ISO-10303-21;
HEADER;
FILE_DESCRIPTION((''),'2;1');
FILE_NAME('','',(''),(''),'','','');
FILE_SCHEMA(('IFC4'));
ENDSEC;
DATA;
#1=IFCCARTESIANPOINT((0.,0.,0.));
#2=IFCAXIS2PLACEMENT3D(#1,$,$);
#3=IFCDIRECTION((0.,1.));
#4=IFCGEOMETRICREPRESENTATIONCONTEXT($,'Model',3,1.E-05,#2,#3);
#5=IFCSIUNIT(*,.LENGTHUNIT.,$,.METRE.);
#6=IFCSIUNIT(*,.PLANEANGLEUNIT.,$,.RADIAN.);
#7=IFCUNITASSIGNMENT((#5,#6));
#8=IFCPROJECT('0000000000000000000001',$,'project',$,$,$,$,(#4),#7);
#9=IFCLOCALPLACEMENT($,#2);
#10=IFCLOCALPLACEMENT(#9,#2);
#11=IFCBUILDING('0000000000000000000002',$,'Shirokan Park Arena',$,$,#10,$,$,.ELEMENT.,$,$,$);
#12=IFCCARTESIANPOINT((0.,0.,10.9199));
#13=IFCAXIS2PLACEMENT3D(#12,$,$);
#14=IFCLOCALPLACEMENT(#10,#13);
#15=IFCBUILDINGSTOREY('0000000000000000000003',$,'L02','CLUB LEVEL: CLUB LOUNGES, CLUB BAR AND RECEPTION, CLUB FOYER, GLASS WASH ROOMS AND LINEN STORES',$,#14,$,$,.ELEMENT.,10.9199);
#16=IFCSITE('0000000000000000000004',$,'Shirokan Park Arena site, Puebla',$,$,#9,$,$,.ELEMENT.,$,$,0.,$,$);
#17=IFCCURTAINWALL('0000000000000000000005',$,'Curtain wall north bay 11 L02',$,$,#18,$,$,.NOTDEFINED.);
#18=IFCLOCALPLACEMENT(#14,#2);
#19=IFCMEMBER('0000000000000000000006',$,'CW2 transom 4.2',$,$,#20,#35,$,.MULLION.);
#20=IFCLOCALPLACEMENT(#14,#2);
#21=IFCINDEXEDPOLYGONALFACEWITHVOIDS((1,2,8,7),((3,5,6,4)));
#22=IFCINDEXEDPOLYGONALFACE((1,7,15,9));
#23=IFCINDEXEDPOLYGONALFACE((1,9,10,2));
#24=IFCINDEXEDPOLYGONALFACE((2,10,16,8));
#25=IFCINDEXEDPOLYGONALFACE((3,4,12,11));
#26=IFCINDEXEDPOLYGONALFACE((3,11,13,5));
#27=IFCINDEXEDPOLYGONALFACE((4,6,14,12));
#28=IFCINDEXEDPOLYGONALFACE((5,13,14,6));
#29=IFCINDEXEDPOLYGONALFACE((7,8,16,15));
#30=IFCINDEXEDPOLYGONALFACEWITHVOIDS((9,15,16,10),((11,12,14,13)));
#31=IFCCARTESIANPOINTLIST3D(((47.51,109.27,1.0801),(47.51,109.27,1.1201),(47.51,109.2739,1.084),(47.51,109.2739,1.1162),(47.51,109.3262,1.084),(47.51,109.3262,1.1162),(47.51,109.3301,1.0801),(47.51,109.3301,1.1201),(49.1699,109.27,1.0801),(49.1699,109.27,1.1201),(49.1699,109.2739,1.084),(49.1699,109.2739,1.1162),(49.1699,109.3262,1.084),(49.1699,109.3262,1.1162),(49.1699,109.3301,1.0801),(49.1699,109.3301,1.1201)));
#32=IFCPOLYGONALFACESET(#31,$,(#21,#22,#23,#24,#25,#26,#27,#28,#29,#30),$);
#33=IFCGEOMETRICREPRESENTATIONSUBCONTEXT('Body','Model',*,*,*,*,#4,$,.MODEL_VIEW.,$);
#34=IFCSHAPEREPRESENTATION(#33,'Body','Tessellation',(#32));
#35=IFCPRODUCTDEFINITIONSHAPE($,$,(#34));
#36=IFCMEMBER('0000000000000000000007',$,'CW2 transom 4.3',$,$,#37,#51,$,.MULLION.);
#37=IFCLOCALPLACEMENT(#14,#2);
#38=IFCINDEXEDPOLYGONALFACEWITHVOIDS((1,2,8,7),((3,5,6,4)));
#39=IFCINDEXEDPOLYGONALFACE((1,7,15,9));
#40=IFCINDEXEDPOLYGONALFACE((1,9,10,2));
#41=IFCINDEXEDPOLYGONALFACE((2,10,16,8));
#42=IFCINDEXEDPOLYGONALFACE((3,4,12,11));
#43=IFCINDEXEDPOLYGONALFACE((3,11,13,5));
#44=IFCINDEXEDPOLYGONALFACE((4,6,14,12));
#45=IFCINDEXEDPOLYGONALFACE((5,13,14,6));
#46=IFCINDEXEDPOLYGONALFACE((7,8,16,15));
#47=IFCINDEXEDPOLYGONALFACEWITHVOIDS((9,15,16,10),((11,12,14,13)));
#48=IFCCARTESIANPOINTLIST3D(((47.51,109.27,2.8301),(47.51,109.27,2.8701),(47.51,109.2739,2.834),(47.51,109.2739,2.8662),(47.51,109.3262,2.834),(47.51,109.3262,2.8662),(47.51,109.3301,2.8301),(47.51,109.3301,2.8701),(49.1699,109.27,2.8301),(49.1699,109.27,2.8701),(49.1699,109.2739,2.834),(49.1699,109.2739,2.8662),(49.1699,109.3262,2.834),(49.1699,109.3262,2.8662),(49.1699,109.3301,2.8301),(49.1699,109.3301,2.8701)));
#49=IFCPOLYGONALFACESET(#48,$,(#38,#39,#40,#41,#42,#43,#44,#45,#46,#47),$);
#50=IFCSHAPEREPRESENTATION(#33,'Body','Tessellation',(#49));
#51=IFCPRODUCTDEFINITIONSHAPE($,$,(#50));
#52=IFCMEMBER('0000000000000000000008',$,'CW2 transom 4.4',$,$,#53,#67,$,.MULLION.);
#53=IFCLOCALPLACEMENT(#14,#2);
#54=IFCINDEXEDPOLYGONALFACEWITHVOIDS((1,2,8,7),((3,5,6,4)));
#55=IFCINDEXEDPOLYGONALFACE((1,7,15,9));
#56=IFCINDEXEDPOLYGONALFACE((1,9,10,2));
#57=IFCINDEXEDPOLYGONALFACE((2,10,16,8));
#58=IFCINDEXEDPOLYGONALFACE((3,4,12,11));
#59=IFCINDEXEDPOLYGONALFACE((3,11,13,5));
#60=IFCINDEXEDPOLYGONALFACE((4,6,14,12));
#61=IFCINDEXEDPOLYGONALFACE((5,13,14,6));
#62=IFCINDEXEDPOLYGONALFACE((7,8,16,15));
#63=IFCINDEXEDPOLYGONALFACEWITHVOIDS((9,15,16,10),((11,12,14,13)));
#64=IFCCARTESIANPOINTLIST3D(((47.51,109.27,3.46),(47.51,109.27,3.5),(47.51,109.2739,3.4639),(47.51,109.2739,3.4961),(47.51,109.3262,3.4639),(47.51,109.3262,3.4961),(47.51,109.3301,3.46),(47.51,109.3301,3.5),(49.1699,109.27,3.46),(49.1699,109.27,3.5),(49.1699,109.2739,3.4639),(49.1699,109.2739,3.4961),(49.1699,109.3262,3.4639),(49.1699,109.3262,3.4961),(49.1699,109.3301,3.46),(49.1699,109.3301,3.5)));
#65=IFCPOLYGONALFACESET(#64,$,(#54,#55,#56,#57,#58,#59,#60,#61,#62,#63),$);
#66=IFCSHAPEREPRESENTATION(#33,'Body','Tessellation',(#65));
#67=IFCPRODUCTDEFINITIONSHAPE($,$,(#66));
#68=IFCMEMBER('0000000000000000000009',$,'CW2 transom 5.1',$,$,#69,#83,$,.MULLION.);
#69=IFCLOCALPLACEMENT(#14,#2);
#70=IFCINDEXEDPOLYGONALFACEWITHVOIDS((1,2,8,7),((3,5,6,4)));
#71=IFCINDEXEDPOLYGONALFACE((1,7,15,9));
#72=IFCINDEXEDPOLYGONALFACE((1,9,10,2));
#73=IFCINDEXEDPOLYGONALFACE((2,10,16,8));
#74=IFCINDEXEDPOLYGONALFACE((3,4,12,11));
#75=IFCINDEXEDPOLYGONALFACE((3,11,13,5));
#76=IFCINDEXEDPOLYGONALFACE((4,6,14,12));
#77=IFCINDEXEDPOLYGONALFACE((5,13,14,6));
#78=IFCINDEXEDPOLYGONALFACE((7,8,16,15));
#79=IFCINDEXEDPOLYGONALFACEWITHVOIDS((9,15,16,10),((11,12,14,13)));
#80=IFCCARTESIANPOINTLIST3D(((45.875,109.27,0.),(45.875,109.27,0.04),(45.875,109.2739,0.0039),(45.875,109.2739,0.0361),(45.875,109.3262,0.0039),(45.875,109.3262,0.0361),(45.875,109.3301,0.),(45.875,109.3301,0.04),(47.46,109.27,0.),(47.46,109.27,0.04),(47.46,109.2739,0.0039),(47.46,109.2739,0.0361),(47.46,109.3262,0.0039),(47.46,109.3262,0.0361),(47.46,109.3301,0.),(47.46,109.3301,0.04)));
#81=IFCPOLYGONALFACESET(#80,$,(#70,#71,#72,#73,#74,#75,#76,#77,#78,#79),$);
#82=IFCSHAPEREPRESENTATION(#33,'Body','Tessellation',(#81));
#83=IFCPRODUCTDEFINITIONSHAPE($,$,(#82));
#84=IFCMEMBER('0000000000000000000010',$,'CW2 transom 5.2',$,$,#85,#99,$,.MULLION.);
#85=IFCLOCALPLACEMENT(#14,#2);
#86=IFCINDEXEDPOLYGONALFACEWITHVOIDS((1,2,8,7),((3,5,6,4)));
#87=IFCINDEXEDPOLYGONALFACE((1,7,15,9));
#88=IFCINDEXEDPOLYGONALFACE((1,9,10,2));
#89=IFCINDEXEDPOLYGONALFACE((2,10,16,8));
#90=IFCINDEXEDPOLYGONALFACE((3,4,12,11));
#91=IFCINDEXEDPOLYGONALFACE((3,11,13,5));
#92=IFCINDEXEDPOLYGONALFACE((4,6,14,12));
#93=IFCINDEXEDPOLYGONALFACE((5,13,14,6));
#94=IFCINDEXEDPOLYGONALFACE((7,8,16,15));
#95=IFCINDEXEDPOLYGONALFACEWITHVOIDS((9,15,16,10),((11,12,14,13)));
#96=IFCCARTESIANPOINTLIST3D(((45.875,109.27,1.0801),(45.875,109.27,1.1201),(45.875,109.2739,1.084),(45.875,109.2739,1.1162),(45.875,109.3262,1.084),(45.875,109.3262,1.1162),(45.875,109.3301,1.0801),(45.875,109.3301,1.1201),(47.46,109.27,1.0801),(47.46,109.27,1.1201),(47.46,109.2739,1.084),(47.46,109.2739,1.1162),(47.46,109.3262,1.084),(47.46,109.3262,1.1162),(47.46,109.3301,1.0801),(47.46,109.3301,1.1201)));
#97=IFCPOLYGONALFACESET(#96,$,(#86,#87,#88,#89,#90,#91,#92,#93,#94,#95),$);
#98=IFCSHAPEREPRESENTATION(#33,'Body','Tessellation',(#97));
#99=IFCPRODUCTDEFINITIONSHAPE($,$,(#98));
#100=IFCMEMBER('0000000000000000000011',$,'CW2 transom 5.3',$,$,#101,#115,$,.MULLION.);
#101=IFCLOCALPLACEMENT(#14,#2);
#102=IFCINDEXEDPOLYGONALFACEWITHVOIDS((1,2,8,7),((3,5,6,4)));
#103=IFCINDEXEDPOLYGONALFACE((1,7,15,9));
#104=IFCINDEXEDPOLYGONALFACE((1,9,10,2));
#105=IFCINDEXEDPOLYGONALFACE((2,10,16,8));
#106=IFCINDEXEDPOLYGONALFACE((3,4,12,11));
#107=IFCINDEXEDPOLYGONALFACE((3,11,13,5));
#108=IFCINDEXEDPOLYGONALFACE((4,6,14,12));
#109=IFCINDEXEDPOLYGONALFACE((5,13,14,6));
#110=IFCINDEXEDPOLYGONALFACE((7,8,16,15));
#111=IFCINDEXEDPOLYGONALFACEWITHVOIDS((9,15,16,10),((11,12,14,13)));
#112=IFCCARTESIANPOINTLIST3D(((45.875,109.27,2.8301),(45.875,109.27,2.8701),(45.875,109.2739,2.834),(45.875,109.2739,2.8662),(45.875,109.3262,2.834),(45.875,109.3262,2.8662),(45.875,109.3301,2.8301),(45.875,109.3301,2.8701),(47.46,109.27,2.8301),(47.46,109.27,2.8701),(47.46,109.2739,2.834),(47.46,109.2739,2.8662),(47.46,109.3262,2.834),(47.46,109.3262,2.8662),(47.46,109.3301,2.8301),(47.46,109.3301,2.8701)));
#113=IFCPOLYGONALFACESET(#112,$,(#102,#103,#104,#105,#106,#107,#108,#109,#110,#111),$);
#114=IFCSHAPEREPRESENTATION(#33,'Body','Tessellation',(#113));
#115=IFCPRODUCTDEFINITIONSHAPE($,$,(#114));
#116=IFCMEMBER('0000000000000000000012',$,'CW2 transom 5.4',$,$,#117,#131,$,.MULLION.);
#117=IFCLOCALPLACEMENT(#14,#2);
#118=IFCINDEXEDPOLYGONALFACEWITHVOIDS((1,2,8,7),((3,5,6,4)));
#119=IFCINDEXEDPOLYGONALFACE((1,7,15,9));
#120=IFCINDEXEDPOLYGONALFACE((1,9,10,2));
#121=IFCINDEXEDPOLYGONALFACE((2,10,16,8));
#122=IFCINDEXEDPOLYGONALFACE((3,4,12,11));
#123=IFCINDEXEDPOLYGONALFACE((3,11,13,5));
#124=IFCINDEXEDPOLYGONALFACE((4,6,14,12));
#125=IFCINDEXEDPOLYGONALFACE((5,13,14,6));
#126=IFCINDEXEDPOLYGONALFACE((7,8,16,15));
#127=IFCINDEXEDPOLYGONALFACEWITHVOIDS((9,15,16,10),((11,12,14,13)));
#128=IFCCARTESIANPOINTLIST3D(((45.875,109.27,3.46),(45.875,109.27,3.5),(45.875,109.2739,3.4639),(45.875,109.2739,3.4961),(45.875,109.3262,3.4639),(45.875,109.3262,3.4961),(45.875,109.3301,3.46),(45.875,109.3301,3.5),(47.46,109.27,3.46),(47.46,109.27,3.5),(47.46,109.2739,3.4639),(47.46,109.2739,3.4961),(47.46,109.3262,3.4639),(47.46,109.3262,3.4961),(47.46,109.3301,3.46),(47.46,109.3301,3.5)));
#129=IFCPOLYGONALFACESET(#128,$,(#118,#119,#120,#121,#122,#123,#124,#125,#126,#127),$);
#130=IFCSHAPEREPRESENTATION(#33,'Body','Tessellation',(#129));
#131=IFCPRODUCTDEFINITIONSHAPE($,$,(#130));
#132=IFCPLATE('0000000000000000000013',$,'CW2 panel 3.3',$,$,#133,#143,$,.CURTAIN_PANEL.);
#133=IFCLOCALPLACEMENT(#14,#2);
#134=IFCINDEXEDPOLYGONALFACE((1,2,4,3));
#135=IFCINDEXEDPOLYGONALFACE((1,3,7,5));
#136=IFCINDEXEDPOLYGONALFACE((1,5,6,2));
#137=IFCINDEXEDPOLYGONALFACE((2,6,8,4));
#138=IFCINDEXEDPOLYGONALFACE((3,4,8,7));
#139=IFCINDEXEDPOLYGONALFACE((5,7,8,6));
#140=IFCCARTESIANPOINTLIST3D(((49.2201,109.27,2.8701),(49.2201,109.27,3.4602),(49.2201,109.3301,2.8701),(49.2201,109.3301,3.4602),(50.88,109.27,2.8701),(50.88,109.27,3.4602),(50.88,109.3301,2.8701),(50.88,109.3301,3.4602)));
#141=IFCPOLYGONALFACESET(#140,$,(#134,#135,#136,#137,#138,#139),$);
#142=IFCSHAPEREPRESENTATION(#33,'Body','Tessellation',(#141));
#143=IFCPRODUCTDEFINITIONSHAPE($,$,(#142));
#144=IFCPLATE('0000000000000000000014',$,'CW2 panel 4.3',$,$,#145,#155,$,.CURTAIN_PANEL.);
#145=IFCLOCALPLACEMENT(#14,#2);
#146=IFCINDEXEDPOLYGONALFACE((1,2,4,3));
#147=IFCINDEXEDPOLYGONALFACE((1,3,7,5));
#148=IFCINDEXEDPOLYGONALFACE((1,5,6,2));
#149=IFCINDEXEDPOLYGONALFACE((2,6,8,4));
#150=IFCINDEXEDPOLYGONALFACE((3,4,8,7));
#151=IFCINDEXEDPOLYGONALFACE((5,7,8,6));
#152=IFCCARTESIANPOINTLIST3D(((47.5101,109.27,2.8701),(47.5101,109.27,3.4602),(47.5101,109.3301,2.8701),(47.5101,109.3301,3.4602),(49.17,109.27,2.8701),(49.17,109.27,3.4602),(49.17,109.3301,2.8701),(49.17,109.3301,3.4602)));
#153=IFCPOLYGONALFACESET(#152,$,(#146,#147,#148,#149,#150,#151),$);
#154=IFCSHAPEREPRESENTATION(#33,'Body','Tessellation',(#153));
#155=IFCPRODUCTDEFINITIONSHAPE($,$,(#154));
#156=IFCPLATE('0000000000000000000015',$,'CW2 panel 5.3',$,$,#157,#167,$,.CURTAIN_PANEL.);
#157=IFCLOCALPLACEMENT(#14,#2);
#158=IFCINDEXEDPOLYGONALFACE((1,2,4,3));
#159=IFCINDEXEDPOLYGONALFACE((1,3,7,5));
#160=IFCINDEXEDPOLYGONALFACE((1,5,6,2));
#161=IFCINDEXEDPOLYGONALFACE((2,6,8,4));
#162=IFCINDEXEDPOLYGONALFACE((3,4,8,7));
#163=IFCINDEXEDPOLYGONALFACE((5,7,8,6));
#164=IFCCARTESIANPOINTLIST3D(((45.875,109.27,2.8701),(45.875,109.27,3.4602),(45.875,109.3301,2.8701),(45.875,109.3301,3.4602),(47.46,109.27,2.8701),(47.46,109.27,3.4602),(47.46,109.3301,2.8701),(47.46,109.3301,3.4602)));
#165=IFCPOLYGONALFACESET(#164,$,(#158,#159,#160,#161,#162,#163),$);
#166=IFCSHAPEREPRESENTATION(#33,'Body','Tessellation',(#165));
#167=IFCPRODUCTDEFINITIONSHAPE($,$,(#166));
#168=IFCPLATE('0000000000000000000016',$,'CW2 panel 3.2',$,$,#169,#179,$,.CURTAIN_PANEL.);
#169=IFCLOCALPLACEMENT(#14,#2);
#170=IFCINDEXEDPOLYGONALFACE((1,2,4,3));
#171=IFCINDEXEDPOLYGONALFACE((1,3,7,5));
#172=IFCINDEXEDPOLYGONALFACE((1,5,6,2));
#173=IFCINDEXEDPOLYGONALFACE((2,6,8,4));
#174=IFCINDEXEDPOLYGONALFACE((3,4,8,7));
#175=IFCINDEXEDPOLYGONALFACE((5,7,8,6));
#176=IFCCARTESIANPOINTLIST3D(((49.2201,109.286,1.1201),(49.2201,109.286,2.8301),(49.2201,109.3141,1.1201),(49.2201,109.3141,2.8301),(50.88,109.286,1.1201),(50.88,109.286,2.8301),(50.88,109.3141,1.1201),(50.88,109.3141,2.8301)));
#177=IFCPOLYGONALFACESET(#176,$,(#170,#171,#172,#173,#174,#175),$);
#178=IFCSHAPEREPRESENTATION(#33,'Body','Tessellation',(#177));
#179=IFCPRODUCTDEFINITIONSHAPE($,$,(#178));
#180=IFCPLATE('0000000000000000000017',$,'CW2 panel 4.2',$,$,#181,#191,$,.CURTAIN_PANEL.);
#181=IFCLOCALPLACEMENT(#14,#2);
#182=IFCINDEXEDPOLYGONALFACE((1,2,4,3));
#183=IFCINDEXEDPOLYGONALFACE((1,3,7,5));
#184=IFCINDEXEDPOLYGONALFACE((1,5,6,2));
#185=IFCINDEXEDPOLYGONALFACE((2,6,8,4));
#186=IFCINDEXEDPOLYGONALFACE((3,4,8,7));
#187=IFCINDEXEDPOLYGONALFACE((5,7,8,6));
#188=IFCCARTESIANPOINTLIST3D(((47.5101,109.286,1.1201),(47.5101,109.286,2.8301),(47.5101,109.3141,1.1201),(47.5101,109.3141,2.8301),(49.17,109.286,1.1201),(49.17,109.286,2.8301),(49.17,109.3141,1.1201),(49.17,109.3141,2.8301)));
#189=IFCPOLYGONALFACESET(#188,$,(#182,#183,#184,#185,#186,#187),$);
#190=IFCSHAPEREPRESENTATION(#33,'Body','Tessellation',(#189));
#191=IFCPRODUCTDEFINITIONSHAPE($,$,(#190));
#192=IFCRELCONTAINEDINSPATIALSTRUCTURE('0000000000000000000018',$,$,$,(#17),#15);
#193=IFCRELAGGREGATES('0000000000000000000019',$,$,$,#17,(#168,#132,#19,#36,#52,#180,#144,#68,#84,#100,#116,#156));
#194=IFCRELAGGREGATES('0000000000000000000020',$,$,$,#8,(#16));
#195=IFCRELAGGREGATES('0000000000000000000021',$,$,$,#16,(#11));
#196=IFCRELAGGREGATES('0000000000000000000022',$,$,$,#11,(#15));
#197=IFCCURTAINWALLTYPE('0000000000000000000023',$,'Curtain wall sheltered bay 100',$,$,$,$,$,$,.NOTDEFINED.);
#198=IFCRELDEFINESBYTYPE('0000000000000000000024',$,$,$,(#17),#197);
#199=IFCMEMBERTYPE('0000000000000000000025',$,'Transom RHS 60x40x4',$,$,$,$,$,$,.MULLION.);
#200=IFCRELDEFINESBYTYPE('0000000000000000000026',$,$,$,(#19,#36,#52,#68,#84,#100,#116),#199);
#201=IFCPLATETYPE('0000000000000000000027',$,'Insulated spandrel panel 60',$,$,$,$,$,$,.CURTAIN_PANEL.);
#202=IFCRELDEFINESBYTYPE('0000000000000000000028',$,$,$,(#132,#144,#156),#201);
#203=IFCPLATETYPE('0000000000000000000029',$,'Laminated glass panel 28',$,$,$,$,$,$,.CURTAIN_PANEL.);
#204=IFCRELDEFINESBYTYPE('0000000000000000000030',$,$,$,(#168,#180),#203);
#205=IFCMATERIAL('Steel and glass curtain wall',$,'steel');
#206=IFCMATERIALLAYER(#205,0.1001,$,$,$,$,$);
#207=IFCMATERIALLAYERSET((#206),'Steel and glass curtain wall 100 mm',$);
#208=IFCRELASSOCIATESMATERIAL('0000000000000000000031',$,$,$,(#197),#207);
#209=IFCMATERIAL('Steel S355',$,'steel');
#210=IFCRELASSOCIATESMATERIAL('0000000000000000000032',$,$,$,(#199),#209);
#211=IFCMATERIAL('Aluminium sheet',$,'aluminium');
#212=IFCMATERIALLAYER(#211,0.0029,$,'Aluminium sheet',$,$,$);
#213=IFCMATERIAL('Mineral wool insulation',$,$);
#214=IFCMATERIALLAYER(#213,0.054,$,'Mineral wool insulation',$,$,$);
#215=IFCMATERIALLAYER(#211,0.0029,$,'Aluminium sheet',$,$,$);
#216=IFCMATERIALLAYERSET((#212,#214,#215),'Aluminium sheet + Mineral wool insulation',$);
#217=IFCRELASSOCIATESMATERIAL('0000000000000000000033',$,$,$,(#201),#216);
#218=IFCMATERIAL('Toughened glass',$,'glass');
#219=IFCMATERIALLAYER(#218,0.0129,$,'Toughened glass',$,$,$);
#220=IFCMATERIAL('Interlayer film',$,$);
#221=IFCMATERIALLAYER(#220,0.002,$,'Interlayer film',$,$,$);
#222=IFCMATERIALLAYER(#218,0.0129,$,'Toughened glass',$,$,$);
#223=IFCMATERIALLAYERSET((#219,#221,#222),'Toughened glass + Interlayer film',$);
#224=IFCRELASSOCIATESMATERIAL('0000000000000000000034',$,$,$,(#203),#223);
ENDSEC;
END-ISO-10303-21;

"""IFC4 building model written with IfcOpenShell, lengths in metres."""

from ifc_helpers import new_model, si_unit, direction, frame, origin, origin_2d, place, context, subcontext, project, spatial, rectangle, hollow_rectangle, extrude, material, layer, layer_set, material_profile, profile_set, type_object, element, aggregate, save


model = new_model("IFC4")

# Units and contexts
model_context = context("Model", 3, precision=1e-05, world=origin(), true_north=direction((0.0, 1.0)))
body_context = subcontext(model_context, "Body", "Model", "MODEL_VIEW")
ifc_project = project(units=[si_unit("LENGTHUNIT", "METRE"), si_unit("PLANEANGLEUNIT", "RADIAN")], contexts=[model_context])

# Site, building, storey
site_placement = place(None, origin())
site = spatial("IfcSite", under=ifc_project, at=site_placement, Name="Shirokan Park Arena site, Puebla", CompositionType="ELEMENT", RefElevation=0.0)
building_placement = place(site_placement, origin())
building = spatial("IfcBuilding", under=site, at=building_placement, Name="Shirokan Park Arena", CompositionType="ELEMENT")
storey_placement = place(building_placement, frame((0.0, 0.0, 10.9199)))
storey = spatial("IfcBuildingStorey", under=building, at=storey_placement, Name="L02", Description="CLUB LEVEL: CLUB LOUNGES, CLUB BAR AND RECEPTION, CLUB FOYER, GLASS WASH ROOMS AND LINEN STORES", CompositionType="ELEMENT", Elevation=10.9199)

# Curtain wall
ifc_material_1 = material(Name="Steel and glass curtain wall", Category="steel")
ifc_layer_1 = layer(ifc_material_1, 0.1001)
ifc_layer_set_1 = layer_set([ifc_layer_1], Name="Steel and glass curtain wall 100 mm")
curtain_wall_type = type_object("IfcCurtainWallType", Name="Curtain wall sheltered bay 100", PredefinedType="NOTDEFINED", material=ifc_layer_set_1)
curtain_wall_placement = place(storey_placement, origin())
curtain_wall = element("IfcCurtainWall", 1, at=curtain_wall_placement, inside=storey, type_object=curtain_wall_type, Name="Curtain wall north bay 11 L02", PredefinedType="NOTDEFINED")
ifc_material_2 = material(Name="Steel S355", Category="steel")

# Members
ifc_material_profile_1 = material_profile(ifc_material_2, hollow_rectangle(XDim=0.0601, YDim=0.04, WallThickness=0.0039, at=origin_2d()), Name="RHS 60x40x4")
ifc_profile_set_1 = profile_set([ifc_material_profile_1], Name="Steel S355")
member_type_1 = type_object("IfcMemberType", Name="Transom RHS 60x40x4", PredefinedType="MULLION", material=ifc_profile_set_1)
member_1_placement = place(storey_placement, frame((49.1699, 109.3, 1.1001), z_axis=(-1.0, 0.0, 0.0), x_axis=(0.0, -1.0, 0.0)))
member_1 = element("IfcMember", 2, at=member_1_placement, type_object=member_type_1, Name="CW2 transom 4.2", PredefinedType="MULLION", context=body_context, shape_type="SweptSolid", body=[
    extrude(hollow_rectangle(XDim=0.0601, YDim=0.04, WallThickness=0.0039, at=origin_2d()), origin(), (0.0, 0.0, 1.0), 1.6599),
])
member_2_placement = place(storey_placement, frame((49.1699, 109.3, 2.8501), z_axis=(-1.0, 0.0, 0.0), x_axis=(0.0, -1.0, 0.0)))
member_2 = element("IfcMember", 3, at=member_2_placement, type_object=member_type_1, Name="CW2 transom 4.3", PredefinedType="MULLION", context=body_context, shape_type="SweptSolid", body=[
    extrude(hollow_rectangle(XDim=0.0601, YDim=0.04, WallThickness=0.0039, at=origin_2d()), origin(), (0.0, 0.0, 1.0), 1.6599),
])
member_3_placement = place(storey_placement, frame((49.1699, 109.3, 3.48), z_axis=(-1.0, 0.0, 0.0), x_axis=(0.0, -1.0, 0.0)))
member_3 = element("IfcMember", 4, at=member_3_placement, type_object=member_type_1, Name="CW2 transom 4.4", PredefinedType="MULLION", context=body_context, shape_type="SweptSolid", body=[
    extrude(hollow_rectangle(XDim=0.0601, YDim=0.04, WallThickness=0.0039, at=origin_2d()), origin(), (0.0, 0.0, 1.0), 1.6599),
])
member_4_placement = place(storey_placement, frame((47.46, 109.3, 0.02), z_axis=(-1.0, 0.0, 0.0), x_axis=(0.0, -1.0, 0.0)))
member_4 = element("IfcMember", 5, at=member_4_placement, type_object=member_type_1, Name="CW2 transom 5.1", PredefinedType="MULLION", context=body_context, shape_type="SweptSolid", body=[
    extrude(hollow_rectangle(XDim=0.0601, YDim=0.04, WallThickness=0.0039, at=origin_2d()), origin(), (0.0, 0.0, 1.0), 1.585),
])
member_5_placement = place(storey_placement, frame((47.46, 109.3, 1.1001), z_axis=(-1.0, 0.0, 0.0), x_axis=(0.0, -1.0, 0.0)))
member_5 = element("IfcMember", 6, at=member_5_placement, type_object=member_type_1, Name="CW2 transom 5.2", PredefinedType="MULLION", context=body_context, shape_type="SweptSolid", body=[
    extrude(hollow_rectangle(XDim=0.0601, YDim=0.04, WallThickness=0.0039, at=origin_2d()), origin(), (0.0, 0.0, 1.0), 1.585),
])
member_6_placement = place(storey_placement, frame((47.46, 109.3, 2.8501), z_axis=(-1.0, 0.0, 0.0), x_axis=(0.0, -1.0, 0.0)))
member_6 = element("IfcMember", 7, at=member_6_placement, type_object=member_type_1, Name="CW2 transom 5.3", PredefinedType="MULLION", context=body_context, shape_type="SweptSolid", body=[
    extrude(hollow_rectangle(XDim=0.0601, YDim=0.04, WallThickness=0.0039, at=origin_2d()), origin(), (0.0, 0.0, 1.0), 1.585),
])
member_7_placement = place(storey_placement, frame((47.46, 109.3, 3.48), z_axis=(-1.0, 0.0, 0.0), x_axis=(0.0, -1.0, 0.0)))
member_7 = element("IfcMember", 8, at=member_7_placement, type_object=member_type_1, Name="CW2 transom 5.4", PredefinedType="MULLION", context=body_context, shape_type="SweptSolid", body=[
    extrude(hollow_rectangle(XDim=0.0601, YDim=0.04, WallThickness=0.0039, at=origin_2d()), origin(), (0.0, 0.0, 1.0), 1.585),
])

# Plates
ifc_material_3 = material(Name="Aluminium sheet", Category="aluminium")
ifc_layer_2 = layer(ifc_material_3, 0.0029, Name="Aluminium sheet")
ifc_material_4 = material(Name="Mineral wool insulation")
ifc_layer_3 = layer(ifc_material_4, 0.054, Name="Mineral wool insulation")
ifc_layer_4 = layer(ifc_material_3, 0.0029, Name="Aluminium sheet")
ifc_layer_set_2 = layer_set([ifc_layer_2, ifc_layer_3, ifc_layer_4], Name="Aluminium sheet + Mineral wool insulation")
plate_type_1 = type_object("IfcPlateType", Name="Insulated spandrel panel 60", PredefinedType="CURTAIN_PANEL", material=ifc_layer_set_2)
plate_1_placement = place(storey_placement, frame((50.05, 109.3, 2.8701), z_axis=(0.0, 0.0, 1.0), x_axis=(-1.0, 0.0, 0.0)))
plate_1 = element("IfcPlate", 9, at=plate_1_placement, type_object=plate_type_1, Name="CW2 panel 3.3", PredefinedType="CURTAIN_PANEL", context=body_context, shape_type="SweptSolid", body=[
    extrude(rectangle(XDim=1.6599, YDim=0.0601, at=origin_2d()), origin(), (0.0, 0.0, 1.0), 0.5901),
])
plate_2_placement = place(storey_placement, frame((48.3401, 109.3, 2.8701), z_axis=(0.0, 0.0, 1.0), x_axis=(-1.0, 0.0, 0.0)))
plate_2 = element("IfcPlate", 10, at=plate_2_placement, type_object=plate_type_1, Name="CW2 panel 4.3", PredefinedType="CURTAIN_PANEL", context=body_context, shape_type="SweptSolid", body=[
    extrude(rectangle(XDim=1.6599, YDim=0.0601, at=origin_2d()), origin(), (0.0, 0.0, 1.0), 0.5901),
])
plate_3_placement = place(storey_placement, frame((46.6675, 109.3, 2.8701), z_axis=(0.0, 0.0, 1.0), x_axis=(-1.0, 0.0, 0.0)))
plate_3 = element("IfcPlate", 11, at=plate_3_placement, type_object=plate_type_1, Name="CW2 panel 5.3", PredefinedType="CURTAIN_PANEL", context=body_context, shape_type="SweptSolid", body=[
    extrude(rectangle(XDim=1.585, YDim=0.0601, at=origin_2d()), origin(), (0.0, 0.0, 1.0), 0.5901),
])
ifc_material_5 = material(Name="Toughened glass", Category="glass")
ifc_layer_5 = layer(ifc_material_5, 0.0129, Name="Toughened glass")
ifc_material_6 = material(Name="Interlayer film")
ifc_layer_6 = layer(ifc_material_6, 0.002, Name="Interlayer film")
ifc_layer_7 = layer(ifc_material_5, 0.0129, Name="Toughened glass")
ifc_layer_set_3 = layer_set([ifc_layer_5, ifc_layer_6, ifc_layer_7], Name="Toughened glass + Interlayer film")
plate_type_2 = type_object("IfcPlateType", Name="Laminated glass panel 28", PredefinedType="CURTAIN_PANEL", material=ifc_layer_set_3)
plate_4_placement = place(storey_placement, frame((50.05, 109.3, 1.1201), z_axis=(0.0, 0.0, 1.0), x_axis=(-1.0, 0.0, 0.0)))
plate_4 = element("IfcPlate", 12, at=plate_4_placement, type_object=plate_type_2, Name="CW2 panel 3.2", PredefinedType="CURTAIN_PANEL", context=body_context, shape_type="SweptSolid", body=[
    extrude(rectangle(XDim=1.6599, YDim=0.0281, at=origin_2d()), origin(), (0.0, 0.0, 1.0), 1.71),
])
plate_5_placement = place(storey_placement, frame((48.3401, 109.3, 1.1201), z_axis=(0.0, 0.0, 1.0), x_axis=(-1.0, 0.0, 0.0)))
plate_5 = element("IfcPlate", 13, at=plate_5_placement, type_object=plate_type_2, Name="CW2 panel 4.2", PredefinedType="CURTAIN_PANEL", context=body_context, shape_type="SweptSolid", body=[
    extrude(rectangle(XDim=1.6599, YDim=0.0281, at=origin_2d()), origin(), (0.0, 0.0, 1.0), 1.71),
])
aggregate(curtain_wall, [plate_4, plate_1, member_1, member_2, member_3, plate_5, plate_2, member_4, member_5, member_6, member_7, plate_3])

save(model, "model.ifc")
